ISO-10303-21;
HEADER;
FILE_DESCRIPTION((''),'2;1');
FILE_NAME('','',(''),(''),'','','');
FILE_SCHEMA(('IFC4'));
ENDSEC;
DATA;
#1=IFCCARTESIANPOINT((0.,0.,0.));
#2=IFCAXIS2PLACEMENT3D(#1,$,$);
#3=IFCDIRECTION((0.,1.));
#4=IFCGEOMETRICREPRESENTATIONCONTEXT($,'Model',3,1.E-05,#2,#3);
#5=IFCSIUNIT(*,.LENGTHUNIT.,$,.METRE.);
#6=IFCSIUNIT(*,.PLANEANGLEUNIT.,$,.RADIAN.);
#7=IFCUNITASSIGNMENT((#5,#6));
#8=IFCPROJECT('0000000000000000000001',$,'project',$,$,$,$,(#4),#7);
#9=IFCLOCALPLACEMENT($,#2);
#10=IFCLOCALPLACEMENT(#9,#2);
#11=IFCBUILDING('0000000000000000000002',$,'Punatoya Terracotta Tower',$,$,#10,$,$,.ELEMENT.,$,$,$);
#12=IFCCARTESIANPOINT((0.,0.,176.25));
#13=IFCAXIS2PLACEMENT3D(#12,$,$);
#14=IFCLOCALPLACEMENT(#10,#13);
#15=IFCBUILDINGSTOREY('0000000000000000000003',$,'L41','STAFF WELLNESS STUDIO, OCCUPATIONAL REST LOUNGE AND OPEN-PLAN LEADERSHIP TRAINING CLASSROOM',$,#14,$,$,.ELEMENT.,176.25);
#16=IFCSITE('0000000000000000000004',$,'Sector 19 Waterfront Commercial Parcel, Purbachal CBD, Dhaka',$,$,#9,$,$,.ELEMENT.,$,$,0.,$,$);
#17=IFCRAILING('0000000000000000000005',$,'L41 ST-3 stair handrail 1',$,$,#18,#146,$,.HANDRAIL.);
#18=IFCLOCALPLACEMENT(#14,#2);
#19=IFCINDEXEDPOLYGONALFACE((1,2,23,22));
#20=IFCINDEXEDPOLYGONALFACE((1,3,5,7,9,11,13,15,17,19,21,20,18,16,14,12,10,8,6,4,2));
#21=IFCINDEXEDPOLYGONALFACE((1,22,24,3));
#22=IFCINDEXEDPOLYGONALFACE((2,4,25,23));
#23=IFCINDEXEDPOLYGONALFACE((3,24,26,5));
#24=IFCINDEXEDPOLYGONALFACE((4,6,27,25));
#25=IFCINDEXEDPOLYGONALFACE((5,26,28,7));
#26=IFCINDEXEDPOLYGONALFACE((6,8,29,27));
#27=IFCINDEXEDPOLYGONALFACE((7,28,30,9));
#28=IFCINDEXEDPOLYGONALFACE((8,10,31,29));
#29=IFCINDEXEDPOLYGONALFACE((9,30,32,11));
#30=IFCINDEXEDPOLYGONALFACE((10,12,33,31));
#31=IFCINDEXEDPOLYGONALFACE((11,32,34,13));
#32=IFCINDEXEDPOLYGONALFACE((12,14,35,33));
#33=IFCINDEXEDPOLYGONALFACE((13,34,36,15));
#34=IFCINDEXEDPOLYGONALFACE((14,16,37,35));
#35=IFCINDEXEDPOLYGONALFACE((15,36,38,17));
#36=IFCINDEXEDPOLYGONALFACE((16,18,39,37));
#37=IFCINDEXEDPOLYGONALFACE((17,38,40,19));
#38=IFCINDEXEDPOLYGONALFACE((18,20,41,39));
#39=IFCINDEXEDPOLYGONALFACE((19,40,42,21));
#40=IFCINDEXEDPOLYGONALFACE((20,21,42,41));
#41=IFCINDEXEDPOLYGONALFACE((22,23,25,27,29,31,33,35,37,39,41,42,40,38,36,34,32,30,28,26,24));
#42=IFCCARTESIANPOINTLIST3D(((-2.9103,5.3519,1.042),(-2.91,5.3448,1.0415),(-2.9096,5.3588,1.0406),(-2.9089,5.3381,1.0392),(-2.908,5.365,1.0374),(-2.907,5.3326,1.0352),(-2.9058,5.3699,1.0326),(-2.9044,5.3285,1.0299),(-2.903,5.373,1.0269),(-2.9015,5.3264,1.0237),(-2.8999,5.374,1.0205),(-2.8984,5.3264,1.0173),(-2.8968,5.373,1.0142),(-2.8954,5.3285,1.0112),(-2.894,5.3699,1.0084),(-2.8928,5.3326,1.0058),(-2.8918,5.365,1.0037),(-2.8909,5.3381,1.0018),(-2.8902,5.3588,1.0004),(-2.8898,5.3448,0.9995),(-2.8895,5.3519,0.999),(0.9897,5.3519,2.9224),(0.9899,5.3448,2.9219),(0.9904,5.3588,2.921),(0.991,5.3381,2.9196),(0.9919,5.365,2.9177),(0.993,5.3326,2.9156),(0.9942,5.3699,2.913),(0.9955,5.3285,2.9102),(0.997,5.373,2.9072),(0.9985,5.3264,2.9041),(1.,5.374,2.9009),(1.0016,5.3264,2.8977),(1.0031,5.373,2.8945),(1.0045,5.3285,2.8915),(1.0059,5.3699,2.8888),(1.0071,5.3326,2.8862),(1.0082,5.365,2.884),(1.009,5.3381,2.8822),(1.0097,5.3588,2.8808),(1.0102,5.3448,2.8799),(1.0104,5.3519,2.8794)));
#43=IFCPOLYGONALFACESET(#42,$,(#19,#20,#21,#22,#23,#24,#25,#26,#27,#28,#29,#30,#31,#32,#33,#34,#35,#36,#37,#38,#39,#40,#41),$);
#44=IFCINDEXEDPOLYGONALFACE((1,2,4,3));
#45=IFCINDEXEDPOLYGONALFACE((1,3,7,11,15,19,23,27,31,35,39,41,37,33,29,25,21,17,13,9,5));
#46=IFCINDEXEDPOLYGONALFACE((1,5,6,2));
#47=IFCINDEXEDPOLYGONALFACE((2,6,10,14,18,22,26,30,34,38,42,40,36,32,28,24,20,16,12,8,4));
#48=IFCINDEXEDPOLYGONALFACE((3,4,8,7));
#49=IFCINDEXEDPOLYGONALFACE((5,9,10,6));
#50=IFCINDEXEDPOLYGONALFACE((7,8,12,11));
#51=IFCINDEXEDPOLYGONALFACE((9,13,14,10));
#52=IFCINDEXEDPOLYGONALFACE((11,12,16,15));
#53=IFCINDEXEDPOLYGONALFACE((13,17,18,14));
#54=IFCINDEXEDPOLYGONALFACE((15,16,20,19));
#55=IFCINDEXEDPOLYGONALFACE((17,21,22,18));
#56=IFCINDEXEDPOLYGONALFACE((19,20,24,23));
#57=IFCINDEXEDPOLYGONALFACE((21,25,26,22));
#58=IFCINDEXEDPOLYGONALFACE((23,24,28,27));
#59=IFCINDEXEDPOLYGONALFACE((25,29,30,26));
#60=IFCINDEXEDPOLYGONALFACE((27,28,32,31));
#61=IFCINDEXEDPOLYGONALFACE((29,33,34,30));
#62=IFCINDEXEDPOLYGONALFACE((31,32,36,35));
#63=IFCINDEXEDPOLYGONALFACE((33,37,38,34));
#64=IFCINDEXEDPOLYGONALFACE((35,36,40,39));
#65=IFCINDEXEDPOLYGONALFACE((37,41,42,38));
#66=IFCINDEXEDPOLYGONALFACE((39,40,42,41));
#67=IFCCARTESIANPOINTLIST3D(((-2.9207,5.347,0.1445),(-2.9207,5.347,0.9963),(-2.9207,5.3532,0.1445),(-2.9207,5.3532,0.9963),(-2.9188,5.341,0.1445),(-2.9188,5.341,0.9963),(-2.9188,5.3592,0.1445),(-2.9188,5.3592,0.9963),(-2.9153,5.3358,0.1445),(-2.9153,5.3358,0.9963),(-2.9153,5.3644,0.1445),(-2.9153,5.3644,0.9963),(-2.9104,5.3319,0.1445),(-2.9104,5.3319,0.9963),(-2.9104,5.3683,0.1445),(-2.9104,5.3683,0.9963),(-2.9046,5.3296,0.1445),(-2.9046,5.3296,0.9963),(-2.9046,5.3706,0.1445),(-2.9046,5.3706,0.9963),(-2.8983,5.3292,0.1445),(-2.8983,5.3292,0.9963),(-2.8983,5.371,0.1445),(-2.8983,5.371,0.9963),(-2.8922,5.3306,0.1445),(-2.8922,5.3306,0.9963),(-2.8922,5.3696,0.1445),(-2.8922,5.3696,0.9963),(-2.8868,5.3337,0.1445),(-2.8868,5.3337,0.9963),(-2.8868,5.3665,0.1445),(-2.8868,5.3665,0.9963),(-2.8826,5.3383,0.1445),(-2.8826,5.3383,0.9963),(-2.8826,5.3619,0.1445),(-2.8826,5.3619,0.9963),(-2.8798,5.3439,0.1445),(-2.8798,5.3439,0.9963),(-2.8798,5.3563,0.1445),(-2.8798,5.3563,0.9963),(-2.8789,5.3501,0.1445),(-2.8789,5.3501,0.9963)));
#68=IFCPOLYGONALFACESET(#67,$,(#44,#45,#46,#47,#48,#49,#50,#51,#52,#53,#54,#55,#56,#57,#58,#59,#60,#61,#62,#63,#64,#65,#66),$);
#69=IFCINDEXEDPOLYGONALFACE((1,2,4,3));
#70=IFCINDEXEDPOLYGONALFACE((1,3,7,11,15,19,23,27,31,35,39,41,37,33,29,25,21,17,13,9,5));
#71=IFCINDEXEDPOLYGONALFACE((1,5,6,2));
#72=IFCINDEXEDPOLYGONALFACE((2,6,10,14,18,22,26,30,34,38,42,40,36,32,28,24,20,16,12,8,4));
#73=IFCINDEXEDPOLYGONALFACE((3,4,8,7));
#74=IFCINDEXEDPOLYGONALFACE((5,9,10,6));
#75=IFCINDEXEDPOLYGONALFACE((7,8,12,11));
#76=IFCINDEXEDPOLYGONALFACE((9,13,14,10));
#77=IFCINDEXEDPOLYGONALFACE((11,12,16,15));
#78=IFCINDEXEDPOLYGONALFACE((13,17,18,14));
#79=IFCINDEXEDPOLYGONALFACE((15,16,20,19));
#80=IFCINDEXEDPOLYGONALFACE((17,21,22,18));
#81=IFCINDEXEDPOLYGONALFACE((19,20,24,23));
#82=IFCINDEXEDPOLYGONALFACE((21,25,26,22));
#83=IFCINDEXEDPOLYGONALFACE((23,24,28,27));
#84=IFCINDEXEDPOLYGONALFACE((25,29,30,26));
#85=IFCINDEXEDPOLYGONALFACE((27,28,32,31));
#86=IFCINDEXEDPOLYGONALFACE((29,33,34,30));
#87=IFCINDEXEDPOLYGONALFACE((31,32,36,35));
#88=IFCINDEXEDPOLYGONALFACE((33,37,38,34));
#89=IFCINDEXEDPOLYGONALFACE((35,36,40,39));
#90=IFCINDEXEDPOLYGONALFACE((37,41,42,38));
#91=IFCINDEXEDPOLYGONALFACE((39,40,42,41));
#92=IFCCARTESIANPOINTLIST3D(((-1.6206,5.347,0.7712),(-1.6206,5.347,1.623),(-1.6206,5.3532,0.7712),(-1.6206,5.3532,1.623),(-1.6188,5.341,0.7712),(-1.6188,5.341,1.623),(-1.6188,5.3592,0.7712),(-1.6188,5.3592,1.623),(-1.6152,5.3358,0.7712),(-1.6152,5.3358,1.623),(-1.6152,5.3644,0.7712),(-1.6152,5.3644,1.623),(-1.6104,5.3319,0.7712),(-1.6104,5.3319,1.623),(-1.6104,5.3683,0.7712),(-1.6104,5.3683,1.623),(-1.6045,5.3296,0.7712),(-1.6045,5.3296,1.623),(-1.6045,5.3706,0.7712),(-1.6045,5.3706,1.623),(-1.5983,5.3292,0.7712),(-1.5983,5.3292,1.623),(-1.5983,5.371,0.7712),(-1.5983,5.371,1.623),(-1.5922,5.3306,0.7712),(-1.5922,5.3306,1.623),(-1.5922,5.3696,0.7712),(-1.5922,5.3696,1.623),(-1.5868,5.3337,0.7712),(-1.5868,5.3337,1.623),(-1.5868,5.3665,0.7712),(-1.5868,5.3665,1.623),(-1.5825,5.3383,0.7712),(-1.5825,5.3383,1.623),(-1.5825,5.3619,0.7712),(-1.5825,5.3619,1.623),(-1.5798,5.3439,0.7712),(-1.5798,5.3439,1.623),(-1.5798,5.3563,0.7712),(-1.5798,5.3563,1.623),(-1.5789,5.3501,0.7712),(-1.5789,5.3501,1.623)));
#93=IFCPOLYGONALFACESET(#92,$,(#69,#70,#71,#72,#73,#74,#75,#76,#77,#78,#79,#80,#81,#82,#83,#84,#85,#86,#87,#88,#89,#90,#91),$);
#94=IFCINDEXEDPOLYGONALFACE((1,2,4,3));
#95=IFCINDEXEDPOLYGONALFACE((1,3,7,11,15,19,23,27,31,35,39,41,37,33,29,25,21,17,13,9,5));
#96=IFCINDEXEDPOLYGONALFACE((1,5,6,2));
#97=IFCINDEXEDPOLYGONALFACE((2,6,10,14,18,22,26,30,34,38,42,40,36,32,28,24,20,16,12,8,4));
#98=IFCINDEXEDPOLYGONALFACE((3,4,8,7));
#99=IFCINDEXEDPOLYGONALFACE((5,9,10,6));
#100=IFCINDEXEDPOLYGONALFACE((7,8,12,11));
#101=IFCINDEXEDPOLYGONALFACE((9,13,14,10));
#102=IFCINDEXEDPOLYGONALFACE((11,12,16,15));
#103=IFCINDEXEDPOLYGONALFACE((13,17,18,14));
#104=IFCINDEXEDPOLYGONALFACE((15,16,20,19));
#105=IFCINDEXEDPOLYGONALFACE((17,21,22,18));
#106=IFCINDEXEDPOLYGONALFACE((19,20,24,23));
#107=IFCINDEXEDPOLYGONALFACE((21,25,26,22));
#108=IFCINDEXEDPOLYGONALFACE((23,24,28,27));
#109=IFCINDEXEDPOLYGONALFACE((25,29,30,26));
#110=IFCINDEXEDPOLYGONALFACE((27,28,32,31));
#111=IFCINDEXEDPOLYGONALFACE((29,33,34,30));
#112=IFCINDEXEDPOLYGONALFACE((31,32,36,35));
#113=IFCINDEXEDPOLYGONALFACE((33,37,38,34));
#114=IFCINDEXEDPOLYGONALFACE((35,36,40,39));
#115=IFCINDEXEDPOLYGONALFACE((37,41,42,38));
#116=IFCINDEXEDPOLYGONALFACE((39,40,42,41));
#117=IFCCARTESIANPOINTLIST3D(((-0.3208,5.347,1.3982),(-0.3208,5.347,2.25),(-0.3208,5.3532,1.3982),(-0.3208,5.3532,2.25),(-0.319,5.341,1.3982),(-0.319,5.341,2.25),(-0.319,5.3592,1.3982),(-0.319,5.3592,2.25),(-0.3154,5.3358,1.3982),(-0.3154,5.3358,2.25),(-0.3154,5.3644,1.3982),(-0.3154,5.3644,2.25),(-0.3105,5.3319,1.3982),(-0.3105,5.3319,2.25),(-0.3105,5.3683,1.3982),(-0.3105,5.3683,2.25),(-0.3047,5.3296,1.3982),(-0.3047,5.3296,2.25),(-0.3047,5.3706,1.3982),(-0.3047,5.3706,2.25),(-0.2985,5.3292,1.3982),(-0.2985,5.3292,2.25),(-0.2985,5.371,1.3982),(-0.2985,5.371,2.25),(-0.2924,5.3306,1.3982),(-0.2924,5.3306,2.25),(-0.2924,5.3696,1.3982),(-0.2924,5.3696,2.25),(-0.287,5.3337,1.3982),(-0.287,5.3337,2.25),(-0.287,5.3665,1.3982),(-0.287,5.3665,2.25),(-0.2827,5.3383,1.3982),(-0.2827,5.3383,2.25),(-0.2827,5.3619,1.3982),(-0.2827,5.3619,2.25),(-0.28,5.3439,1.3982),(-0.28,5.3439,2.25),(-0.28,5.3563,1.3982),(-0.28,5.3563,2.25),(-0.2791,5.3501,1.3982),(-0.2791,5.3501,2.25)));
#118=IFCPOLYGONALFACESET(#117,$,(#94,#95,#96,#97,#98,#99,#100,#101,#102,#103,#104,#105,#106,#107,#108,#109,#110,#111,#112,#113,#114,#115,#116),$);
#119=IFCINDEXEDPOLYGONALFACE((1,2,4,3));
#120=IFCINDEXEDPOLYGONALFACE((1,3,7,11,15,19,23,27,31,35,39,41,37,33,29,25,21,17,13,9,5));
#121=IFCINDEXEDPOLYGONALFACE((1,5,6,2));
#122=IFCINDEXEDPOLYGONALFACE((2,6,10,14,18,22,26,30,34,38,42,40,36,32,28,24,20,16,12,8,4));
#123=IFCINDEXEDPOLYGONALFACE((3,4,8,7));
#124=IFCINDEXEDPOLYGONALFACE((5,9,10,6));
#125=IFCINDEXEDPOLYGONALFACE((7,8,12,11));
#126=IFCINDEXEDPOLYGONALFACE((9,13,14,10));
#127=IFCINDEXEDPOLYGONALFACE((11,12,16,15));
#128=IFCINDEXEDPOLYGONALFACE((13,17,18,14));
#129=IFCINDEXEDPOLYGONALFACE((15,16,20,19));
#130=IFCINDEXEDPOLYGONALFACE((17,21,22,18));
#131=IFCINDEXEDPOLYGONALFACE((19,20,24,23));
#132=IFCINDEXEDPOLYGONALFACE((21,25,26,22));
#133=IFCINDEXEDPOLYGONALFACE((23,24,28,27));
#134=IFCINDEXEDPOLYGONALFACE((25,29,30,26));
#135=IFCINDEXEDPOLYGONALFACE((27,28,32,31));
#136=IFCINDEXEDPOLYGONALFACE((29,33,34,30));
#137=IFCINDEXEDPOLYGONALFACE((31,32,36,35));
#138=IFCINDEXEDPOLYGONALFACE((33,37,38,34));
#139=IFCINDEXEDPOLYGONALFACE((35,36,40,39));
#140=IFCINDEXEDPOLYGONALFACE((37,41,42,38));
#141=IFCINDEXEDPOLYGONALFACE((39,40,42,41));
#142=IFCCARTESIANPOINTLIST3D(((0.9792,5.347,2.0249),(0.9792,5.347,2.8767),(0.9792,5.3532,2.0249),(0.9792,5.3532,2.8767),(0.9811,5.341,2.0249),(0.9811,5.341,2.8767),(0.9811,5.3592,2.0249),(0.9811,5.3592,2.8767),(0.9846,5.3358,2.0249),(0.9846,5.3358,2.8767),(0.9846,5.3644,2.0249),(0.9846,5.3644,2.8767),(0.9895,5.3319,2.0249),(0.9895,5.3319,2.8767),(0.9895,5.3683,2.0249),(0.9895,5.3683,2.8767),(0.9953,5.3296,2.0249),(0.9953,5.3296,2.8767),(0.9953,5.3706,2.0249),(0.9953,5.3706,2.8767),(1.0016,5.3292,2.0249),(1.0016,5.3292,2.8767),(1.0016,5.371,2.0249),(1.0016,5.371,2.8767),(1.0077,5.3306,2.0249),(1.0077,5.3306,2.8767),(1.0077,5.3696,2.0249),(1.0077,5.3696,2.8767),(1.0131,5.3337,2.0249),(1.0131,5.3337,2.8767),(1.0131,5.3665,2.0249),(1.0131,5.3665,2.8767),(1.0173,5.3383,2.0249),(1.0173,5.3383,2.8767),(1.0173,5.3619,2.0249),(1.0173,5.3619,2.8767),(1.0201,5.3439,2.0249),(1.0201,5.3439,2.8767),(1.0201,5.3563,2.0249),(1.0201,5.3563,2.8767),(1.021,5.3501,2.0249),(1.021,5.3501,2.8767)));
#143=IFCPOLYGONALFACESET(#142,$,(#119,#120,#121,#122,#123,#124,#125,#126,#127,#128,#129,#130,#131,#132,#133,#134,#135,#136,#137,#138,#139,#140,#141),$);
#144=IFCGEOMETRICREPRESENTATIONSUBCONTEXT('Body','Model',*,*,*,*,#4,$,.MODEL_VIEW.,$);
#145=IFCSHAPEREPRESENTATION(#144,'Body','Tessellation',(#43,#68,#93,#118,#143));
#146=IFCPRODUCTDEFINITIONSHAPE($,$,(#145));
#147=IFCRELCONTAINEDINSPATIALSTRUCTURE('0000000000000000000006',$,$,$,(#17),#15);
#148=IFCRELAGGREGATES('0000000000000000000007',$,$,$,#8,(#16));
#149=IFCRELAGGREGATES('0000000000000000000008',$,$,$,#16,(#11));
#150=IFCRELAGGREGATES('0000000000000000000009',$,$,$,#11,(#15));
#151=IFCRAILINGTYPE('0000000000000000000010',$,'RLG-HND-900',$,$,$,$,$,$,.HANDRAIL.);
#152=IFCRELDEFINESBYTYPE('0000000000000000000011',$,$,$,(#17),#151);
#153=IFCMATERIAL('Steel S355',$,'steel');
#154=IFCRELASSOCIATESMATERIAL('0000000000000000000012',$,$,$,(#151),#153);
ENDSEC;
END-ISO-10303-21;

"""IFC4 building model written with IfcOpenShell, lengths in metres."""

from ifc_helpers import new_model, si_unit, direction, frame, origin, origin_2d, place, context, subcontext, project, spatial, circle, extrude, material, type_object, element, save


model = new_model("IFC4")

# Units and contexts
model_context = context("Model", 3, precision=1e-05, world=origin(), true_north=direction((0.0, 1.0)))
body_context = subcontext(model_context, "Body", "Model", "MODEL_VIEW")
ifc_project = project(units=[si_unit("LENGTHUNIT", "METRE"), si_unit("PLANEANGLEUNIT", "RADIAN")], contexts=[model_context])

# Site, building, storey
site_placement = place(None, origin())
site = spatial("IfcSite", under=ifc_project, at=site_placement, Name="Sector 19 Waterfront Commercial Parcel, Purbachal CBD, Dhaka", CompositionType="ELEMENT", RefElevation=0.0)
building_placement = place(site_placement, origin())
building = spatial("IfcBuilding", under=site, at=building_placement, Name="Punatoya Terracotta Tower", CompositionType="ELEMENT")
storey_placement = place(building_placement, frame((0.0, 0.0, 176.25)))
storey = spatial("IfcBuildingStorey", under=building, at=storey_placement, Name="L41", Description="STAFF WELLNESS STUDIO, OCCUPATIONAL REST LOUNGE AND OPEN-PLAN LEADERSHIP TRAINING CLASSROOM", CompositionType="ELEMENT", Elevation=176.25)

# Shared definitions
ifc_material_1 = material(Name="Steel S355", Category="steel")

# Railing
railing_type_1 = type_object("IfcRailingType", Name="RLG-HND-900", PredefinedType="HANDRAIL", material=ifc_material_1)
railing_1_placement = place(storey_placement, frame((-2.8999, 5.3501, 0.1445)))
element("IfcRailing", 1, at=railing_1_placement, inside=storey, type_object=railing_type_1, Name="L41 ST-3 stair handrail 1", PredefinedType="HANDRAIL", context=body_context, shape_type="SweptSolid", body=[
    extrude(circle(Radius=0.0239, at=origin_2d()), frame((0.0, 0.0, 0.876), z_axis=(0.900763, 0.0, 0.434311), x_axis=(0.0, 1.0, 0.0)), (0.0, 0.0, 1.0), 4.3296),
    extrude(circle(Radius=0.021, at=origin_2d()), origin(), (0.0, 0.0, 1.0), 0.8518),
    extrude(circle(Radius=0.021, at=origin_2d()), frame((1.3, 0.0, 0.6267)), (0.0, 0.0, 1.0), 0.8518),
    extrude(circle(Radius=0.021, at=origin_2d()), frame((2.5999, 0.0, 1.2537)), (0.0, 0.0, 1.0), 0.8518),
    extrude(circle(Radius=0.021, at=origin_2d()), frame((3.8999, 0.0, 1.8804)), (0.0, 0.0, 1.0), 0.8518),
])

save(model, "model.ifc")
